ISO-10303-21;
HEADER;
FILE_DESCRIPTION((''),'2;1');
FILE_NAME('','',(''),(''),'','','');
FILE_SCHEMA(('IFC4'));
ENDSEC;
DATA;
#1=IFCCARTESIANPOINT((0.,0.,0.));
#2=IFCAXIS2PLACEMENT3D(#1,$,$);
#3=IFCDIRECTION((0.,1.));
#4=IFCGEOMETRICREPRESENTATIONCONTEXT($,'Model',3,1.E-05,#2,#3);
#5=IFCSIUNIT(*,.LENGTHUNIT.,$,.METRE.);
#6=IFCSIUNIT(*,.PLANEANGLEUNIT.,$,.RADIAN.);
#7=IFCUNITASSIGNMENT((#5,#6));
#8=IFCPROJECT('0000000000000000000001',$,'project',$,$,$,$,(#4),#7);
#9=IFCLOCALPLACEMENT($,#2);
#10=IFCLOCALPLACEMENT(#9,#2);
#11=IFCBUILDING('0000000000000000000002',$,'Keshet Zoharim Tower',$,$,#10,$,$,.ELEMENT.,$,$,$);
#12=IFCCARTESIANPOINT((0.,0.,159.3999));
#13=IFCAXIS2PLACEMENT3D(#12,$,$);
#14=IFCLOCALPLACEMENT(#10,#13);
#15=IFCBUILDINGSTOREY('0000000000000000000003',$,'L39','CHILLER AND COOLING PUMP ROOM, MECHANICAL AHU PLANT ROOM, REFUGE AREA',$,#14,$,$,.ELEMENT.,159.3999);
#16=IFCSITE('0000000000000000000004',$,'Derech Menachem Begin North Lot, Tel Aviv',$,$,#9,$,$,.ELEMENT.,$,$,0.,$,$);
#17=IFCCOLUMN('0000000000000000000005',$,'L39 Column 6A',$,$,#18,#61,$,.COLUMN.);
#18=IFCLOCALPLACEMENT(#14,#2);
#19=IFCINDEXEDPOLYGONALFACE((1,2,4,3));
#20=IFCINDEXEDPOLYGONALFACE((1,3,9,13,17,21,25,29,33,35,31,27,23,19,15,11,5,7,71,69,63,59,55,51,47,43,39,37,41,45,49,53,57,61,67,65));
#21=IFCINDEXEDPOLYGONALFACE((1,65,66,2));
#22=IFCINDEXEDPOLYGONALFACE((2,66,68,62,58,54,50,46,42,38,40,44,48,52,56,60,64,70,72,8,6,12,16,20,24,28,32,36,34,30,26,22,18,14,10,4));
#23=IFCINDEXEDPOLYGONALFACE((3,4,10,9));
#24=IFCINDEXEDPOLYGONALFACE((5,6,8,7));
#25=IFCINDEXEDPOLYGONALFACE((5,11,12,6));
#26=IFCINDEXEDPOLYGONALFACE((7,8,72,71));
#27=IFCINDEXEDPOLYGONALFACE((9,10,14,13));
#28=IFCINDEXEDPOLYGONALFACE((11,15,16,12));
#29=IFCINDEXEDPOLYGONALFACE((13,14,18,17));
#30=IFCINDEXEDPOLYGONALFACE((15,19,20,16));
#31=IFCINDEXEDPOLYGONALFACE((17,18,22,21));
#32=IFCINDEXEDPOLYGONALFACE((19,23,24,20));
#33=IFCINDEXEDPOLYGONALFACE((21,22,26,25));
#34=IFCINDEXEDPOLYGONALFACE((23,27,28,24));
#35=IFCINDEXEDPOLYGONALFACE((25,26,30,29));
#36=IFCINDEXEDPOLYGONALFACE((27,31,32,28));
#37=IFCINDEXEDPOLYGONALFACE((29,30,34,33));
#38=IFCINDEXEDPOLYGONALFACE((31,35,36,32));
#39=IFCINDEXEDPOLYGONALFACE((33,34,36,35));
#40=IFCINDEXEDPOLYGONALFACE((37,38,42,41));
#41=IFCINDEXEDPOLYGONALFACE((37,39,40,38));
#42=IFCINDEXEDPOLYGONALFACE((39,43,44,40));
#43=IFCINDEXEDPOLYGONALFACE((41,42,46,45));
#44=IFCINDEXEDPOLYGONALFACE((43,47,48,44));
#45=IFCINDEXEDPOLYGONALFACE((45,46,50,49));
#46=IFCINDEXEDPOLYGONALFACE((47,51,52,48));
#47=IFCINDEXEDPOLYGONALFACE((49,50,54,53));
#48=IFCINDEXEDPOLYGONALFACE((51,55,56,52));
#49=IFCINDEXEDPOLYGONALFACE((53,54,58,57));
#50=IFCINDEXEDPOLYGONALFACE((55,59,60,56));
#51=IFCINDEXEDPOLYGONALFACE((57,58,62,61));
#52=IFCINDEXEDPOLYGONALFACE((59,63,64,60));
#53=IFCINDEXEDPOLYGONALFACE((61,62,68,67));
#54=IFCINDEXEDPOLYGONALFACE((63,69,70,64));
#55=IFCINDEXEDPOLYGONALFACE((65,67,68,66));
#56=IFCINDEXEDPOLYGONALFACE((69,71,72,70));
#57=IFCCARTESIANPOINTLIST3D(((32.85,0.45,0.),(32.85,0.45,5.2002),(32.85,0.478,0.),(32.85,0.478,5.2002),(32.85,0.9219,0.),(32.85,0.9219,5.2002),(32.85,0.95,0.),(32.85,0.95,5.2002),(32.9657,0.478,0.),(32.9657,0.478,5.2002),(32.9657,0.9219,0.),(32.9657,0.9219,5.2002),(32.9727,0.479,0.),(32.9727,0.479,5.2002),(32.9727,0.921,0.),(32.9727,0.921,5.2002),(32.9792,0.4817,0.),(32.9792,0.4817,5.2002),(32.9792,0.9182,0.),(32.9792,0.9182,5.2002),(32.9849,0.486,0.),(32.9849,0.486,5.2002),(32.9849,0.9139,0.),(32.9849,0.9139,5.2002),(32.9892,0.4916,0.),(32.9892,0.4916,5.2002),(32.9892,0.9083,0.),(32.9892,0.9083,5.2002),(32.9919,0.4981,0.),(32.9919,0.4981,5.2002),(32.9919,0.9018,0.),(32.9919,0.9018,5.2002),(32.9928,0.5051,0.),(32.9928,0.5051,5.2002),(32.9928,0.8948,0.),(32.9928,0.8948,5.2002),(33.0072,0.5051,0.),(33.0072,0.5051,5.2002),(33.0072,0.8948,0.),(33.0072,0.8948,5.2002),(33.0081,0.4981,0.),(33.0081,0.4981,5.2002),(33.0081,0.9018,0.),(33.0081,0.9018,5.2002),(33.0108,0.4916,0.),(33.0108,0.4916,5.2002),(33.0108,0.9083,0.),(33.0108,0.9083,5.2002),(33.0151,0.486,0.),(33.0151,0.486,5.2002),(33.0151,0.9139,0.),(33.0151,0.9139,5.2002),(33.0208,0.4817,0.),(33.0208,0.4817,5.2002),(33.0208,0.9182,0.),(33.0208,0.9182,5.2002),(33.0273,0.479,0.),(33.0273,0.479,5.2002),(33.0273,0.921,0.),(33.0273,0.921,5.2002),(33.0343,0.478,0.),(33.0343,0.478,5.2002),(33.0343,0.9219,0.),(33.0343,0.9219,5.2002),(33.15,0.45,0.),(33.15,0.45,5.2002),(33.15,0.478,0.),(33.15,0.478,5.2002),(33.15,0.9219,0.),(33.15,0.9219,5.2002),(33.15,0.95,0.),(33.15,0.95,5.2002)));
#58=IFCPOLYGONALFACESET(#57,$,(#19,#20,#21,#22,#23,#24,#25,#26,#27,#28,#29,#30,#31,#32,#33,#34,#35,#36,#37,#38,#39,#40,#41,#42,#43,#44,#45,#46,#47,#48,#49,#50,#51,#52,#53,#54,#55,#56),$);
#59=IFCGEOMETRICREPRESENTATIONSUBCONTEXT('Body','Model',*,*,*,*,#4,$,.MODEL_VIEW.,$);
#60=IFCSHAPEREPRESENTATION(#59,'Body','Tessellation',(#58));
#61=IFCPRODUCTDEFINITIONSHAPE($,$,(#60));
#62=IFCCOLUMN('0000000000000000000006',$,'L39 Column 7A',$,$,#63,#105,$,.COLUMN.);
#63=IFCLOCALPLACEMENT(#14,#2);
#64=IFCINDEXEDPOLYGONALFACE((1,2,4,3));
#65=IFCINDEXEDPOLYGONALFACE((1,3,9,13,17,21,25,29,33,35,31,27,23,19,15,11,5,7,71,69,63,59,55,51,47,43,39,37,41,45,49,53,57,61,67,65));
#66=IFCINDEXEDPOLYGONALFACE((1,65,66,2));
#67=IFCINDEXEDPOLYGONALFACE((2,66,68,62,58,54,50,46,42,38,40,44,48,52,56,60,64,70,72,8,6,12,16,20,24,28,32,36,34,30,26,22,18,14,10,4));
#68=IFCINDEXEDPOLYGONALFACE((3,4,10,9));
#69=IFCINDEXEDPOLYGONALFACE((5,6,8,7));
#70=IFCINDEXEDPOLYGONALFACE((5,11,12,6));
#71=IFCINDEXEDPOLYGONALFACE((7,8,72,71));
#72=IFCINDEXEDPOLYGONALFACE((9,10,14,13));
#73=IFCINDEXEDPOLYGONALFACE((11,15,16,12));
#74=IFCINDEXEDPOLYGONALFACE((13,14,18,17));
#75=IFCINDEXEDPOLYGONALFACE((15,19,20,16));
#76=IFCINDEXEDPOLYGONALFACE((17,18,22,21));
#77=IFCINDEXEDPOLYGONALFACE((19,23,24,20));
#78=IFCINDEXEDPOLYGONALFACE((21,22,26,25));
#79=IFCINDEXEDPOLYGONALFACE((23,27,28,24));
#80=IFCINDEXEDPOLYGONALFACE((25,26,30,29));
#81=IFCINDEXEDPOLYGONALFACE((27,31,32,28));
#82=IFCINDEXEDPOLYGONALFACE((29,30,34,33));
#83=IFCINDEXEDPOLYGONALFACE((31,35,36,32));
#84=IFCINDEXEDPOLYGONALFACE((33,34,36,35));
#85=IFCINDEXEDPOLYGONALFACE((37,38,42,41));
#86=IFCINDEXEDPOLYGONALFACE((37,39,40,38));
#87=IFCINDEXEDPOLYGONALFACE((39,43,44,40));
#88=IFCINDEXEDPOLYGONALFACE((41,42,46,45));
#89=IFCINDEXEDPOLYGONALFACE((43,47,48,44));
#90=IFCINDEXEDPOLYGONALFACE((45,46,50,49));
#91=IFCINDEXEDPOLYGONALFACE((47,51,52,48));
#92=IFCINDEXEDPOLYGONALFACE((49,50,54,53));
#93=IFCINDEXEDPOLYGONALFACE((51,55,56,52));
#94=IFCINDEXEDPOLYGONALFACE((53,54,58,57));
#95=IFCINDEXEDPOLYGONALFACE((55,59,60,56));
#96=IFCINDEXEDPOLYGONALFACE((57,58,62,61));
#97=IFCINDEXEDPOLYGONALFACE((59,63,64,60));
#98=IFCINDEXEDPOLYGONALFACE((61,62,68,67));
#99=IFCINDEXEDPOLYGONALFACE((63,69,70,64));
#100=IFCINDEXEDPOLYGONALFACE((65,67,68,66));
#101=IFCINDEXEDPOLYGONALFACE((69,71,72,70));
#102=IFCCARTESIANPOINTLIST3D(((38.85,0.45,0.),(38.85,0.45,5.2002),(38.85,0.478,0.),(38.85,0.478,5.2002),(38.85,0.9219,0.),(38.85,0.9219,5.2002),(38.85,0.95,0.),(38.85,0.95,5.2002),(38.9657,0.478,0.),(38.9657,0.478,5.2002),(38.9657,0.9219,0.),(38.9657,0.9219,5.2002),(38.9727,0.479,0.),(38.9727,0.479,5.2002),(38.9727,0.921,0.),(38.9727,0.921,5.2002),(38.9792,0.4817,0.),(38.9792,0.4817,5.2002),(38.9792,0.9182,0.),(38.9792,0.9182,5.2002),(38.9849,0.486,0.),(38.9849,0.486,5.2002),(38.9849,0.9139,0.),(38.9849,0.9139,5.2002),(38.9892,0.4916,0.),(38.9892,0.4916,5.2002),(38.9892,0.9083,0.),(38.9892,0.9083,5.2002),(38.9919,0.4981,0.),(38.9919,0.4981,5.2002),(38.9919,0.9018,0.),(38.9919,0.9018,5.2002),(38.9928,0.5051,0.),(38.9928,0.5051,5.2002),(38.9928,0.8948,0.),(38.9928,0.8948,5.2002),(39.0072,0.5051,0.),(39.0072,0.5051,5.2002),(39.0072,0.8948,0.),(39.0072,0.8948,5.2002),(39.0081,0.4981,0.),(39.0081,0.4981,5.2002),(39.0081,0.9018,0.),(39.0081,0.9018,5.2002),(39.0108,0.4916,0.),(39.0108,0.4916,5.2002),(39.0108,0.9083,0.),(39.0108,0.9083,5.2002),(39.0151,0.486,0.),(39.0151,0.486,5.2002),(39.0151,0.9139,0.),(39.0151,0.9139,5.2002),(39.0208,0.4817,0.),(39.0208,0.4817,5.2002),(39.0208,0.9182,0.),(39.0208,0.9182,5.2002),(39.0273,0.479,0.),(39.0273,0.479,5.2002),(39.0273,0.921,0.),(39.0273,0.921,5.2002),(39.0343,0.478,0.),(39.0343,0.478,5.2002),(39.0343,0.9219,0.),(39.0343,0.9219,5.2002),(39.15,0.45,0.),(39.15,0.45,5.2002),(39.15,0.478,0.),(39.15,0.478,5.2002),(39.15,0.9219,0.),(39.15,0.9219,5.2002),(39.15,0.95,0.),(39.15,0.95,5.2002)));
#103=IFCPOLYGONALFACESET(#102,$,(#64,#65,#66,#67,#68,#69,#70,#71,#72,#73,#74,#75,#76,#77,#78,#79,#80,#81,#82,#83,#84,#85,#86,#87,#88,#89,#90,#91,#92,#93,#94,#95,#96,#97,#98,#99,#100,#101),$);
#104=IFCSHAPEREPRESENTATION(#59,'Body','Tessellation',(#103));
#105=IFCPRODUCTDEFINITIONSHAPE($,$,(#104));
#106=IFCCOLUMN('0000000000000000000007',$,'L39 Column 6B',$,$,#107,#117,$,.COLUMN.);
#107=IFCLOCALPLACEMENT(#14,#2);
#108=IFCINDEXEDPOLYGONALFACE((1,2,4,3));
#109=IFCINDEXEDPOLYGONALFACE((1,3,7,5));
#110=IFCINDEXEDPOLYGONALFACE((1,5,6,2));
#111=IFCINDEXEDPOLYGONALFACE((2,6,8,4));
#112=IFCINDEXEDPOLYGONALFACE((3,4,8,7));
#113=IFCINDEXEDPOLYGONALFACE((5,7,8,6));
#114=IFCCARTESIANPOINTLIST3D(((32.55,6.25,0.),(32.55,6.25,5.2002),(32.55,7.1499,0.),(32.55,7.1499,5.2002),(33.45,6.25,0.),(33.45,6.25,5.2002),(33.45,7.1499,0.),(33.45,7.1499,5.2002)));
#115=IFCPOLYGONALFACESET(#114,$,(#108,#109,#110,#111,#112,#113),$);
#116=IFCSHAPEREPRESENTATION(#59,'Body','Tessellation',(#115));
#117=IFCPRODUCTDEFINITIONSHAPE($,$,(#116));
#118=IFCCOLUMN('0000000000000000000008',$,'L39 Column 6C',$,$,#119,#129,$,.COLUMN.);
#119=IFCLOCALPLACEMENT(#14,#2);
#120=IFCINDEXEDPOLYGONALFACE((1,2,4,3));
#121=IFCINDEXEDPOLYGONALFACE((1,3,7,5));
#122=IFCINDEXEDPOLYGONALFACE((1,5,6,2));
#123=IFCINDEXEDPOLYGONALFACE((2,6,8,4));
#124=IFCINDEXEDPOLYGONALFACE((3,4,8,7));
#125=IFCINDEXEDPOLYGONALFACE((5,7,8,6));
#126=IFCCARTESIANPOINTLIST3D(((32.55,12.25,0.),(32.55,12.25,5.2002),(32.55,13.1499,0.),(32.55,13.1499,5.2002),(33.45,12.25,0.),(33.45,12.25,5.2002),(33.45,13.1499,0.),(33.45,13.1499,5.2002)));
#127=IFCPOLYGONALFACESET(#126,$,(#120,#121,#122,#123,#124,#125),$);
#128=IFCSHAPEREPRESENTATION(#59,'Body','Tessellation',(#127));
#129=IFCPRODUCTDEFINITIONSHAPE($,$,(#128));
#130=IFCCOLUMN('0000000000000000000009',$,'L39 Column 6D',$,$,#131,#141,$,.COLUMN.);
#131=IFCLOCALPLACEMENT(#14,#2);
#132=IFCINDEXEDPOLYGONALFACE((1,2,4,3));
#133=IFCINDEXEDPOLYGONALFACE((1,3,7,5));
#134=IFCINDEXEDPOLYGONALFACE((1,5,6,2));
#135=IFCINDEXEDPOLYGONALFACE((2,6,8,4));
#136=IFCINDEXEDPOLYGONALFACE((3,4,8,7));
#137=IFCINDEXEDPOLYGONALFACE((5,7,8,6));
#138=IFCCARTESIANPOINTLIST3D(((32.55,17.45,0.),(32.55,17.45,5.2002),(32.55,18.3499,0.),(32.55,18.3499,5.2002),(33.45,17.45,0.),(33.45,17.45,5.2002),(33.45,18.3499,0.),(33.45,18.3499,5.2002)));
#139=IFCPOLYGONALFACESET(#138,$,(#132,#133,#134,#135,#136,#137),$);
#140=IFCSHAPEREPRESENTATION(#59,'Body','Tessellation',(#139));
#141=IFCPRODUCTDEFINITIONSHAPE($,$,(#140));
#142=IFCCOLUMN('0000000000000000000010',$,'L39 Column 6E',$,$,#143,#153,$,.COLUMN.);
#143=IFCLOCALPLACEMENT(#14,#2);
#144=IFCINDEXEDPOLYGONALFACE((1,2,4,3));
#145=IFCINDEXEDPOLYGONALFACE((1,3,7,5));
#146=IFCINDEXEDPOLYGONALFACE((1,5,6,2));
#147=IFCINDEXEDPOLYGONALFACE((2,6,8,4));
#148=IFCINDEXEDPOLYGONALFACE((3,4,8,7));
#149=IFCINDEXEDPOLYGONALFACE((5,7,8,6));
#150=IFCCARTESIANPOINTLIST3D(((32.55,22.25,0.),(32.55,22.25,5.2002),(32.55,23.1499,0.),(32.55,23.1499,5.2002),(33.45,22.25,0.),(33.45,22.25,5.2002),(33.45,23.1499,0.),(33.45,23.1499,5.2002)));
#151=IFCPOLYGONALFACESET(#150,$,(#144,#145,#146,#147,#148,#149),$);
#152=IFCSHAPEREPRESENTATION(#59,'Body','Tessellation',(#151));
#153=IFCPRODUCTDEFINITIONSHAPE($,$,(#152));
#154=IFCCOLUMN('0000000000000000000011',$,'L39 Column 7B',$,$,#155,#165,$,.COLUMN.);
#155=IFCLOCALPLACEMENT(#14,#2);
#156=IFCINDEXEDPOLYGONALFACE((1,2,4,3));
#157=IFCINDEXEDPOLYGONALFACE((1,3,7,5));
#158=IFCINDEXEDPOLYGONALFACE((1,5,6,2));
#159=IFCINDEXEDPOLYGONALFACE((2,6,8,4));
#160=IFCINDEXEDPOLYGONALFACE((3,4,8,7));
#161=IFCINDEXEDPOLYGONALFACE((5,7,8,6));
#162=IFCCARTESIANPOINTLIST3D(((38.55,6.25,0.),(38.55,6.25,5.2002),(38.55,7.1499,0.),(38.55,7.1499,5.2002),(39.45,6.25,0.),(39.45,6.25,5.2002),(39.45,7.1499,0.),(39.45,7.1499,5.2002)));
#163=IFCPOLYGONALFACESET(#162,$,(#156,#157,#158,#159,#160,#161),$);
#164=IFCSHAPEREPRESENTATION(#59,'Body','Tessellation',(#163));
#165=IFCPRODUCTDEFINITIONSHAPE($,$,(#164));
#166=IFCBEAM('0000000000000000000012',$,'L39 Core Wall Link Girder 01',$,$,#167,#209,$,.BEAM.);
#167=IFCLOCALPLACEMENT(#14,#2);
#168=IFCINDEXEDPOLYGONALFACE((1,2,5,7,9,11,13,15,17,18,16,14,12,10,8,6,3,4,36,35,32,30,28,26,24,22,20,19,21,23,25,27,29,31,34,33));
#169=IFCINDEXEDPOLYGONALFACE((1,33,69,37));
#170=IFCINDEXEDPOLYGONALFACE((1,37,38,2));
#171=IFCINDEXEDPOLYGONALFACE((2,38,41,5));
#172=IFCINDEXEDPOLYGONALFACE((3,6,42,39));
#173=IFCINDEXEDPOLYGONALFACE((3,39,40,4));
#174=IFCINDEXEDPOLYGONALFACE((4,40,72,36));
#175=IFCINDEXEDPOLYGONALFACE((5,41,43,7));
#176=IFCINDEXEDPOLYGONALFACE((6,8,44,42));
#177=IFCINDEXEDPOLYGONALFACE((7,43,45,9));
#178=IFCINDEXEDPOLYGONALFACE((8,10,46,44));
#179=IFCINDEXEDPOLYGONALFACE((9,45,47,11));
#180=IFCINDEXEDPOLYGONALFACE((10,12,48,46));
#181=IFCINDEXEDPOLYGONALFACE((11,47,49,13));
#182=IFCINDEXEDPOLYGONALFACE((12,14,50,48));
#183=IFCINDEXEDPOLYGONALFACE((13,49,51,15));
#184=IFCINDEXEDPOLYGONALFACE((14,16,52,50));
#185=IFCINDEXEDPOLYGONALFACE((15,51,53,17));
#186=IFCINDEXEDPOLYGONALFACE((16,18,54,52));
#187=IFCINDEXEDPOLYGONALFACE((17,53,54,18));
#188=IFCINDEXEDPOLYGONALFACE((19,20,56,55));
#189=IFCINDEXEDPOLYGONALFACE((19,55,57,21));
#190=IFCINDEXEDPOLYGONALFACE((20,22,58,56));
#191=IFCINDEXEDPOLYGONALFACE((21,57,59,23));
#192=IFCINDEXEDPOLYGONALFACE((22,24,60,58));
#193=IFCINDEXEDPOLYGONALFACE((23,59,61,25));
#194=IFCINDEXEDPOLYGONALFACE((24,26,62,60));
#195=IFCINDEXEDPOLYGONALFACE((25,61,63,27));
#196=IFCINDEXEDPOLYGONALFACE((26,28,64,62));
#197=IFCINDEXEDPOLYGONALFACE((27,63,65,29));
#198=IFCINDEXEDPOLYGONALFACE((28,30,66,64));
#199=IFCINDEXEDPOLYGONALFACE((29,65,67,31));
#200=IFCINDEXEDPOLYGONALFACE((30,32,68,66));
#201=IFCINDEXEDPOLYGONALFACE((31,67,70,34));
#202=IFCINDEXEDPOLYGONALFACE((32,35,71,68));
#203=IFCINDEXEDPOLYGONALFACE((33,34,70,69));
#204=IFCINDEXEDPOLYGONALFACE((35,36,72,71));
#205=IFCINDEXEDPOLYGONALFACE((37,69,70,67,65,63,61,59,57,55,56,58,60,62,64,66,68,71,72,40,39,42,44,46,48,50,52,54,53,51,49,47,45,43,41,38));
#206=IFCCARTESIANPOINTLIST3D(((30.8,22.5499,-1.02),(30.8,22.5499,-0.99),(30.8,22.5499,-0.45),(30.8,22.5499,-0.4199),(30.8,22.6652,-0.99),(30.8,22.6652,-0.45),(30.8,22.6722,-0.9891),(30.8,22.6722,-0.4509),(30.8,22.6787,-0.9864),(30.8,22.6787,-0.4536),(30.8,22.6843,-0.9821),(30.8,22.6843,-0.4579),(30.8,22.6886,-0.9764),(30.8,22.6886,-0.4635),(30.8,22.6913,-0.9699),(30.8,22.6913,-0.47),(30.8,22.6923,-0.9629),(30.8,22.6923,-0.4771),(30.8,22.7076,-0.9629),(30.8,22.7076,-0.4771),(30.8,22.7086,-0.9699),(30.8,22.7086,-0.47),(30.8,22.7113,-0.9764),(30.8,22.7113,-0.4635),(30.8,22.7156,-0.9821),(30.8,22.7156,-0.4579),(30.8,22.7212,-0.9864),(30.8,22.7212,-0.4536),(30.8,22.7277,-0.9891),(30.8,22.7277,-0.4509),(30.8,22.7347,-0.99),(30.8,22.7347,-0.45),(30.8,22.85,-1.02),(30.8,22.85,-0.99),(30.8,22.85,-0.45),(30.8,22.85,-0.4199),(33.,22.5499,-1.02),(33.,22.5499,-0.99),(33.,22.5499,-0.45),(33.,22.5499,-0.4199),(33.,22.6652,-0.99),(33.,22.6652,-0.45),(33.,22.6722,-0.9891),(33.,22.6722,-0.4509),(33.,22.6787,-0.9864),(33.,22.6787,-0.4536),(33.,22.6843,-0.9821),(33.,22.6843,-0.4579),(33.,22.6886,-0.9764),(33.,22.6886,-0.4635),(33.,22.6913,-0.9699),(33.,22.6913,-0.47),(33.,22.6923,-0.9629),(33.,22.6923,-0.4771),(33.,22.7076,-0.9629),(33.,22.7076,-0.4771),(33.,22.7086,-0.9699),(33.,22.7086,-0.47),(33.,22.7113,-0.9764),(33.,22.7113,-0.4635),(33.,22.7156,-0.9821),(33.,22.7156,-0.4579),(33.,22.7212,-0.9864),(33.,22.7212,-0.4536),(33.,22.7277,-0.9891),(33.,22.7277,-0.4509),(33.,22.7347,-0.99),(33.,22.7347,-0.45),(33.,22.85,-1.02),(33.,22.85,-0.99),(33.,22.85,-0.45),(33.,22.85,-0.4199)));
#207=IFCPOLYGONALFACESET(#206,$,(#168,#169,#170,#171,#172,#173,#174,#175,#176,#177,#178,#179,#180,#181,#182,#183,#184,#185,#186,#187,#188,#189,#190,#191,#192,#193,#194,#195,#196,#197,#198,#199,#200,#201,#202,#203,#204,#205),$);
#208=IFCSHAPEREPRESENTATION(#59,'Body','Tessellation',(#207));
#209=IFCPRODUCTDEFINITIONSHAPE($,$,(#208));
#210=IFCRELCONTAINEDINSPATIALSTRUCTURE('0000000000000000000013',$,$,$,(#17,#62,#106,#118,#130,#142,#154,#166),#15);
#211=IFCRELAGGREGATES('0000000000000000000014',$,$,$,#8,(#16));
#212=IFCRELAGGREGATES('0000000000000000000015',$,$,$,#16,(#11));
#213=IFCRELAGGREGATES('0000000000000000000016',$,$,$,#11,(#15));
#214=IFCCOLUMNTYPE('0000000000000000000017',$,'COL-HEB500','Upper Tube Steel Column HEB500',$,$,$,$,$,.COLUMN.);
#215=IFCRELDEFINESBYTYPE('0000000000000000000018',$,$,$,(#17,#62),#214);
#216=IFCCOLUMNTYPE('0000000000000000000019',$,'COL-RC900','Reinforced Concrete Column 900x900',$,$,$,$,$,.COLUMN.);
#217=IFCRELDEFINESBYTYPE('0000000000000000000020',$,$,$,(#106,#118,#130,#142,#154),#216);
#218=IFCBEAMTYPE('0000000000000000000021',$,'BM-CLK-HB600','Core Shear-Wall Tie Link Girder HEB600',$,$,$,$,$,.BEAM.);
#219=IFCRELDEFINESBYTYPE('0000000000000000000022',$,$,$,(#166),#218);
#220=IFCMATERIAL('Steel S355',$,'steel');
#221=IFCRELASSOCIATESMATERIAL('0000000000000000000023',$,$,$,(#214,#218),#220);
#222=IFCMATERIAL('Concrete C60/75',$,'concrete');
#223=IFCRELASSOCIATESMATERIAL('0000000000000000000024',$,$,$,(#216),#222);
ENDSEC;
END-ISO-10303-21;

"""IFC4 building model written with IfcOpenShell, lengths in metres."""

from ifc_helpers import new_model, si_unit, direction, frame, origin, origin_2d, place, context, subcontext, project, spatial, rectangle, i_section, extrude, material, material_profile, profile_set, type_object, element, save


model = new_model("IFC4")

# Units and contexts
model_context = context("Model", 3, precision=1e-05, world=origin(), true_north=direction((0.0, 1.0)))
body_context = subcontext(model_context, "Body", "Model", "MODEL_VIEW")
ifc_project = project(units=[si_unit("LENGTHUNIT", "METRE"), si_unit("PLANEANGLEUNIT", "RADIAN")], contexts=[model_context])

# Site, building, storey
site_placement = place(None, origin())
site = spatial("IfcSite", under=ifc_project, at=site_placement, Name="Derech Menachem Begin North Lot, Tel Aviv", CompositionType="ELEMENT", RefElevation=0.0)
building_placement = place(site_placement, origin())
building = spatial("IfcBuilding", under=site, at=building_placement, Name="Keshet Zoharim Tower", CompositionType="ELEMENT")
storey_placement = place(building_placement, frame((0.0, 0.0, 159.3999)))
storey = spatial("IfcBuildingStorey", under=building, at=storey_placement, Name="L39", Description="CHILLER AND COOLING PUMP ROOM, MECHANICAL AHU PLANT ROOM, REFUGE AREA", CompositionType="ELEMENT", Elevation=159.3999)

# Columns
ifc_material_1 = material(Name="Steel S355", Category="steel")
ifc_material_profile_1 = material_profile(ifc_material_1, i_section(OverallWidth=0.3, OverallDepth=0.5, WebThickness=0.0144, FlangeThickness=0.0281, FilletRadius=0.0271, at=origin_2d()), Name="HEB500")
ifc_profile_set_1 = profile_set([ifc_material_profile_1], Name="Steel S355")
column_type_1 = type_object("IfcColumnType", Name="COL-HEB500", Description="Upper Tube Steel Column HEB500", PredefinedType="COLUMN", material=ifc_profile_set_1)
for number, where, z_axis, x_axis, name in (
    (1, (33.0, 0.7, 0.0), (0.0, 0.0, 1.0), (1.0, 0.0, 0.0), "L39 Column 6A"),
    (2, (39.0, 0.7, 0.0), (0.0, 0.0, 1.0), (1.0, 0.0, 0.0), "L39 Column 7A"),
):
    element("IfcColumn", number, at=place(storey_placement, frame(where, z_axis=z_axis, x_axis=x_axis)), inside=storey, type_object=column_type_1, Name=name, PredefinedType="COLUMN", context=body_context, shape_type="SweptSolid", body=[
        extrude(i_section(OverallWidth=0.3, OverallDepth=0.5, WebThickness=0.0144, FlangeThickness=0.0281, FilletRadius=0.0271, at=origin_2d()), origin(), (0.0, 0.0, 1.0), 5.2002),
    ])
ifc_material_2 = material(Name="Concrete C60/75", Category="concrete")
ifc_material_profile_2 = material_profile(ifc_material_2, rectangle(XDim=0.8999, YDim=0.8999, at=origin_2d()), Name="RC900x900")
ifc_profile_set_2 = profile_set([ifc_material_profile_2], Name="Concrete C60/75")
column_type_2 = type_object("IfcColumnType", Name="COL-RC900", Description="Reinforced Concrete Column 900x900", PredefinedType="COLUMN", material=ifc_profile_set_2)
for number, where, z_axis, x_axis, name in (
    (3, (33.0, 6.7, 0.0), (0.0, 0.0, 1.0), (1.0, 0.0, 0.0), "L39 Column 6B"),
    (4, (33.0, 12.7, 0.0), (0.0, 0.0, 1.0), (1.0, 0.0, 0.0), "L39 Column 6C"),
    (5, (33.0, 17.8999, 0.0), (0.0, 0.0, 1.0), (1.0, 0.0, 0.0), "L39 Column 6D"),
    (6, (33.0, 22.7, 0.0), (0.0, 0.0, 1.0), (1.0, 0.0, 0.0), "L39 Column 6E"),
    (7, (39.0, 6.7, 0.0), (0.0, 0.0, 1.0), (1.0, 0.0, 0.0), "L39 Column 7B"),
):
    element("IfcColumn", number, at=place(storey_placement, frame(where, z_axis=z_axis, x_axis=x_axis)), inside=storey, type_object=column_type_2, Name=name, PredefinedType="COLUMN", context=body_context, shape_type="SweptSolid", body=[
        extrude(rectangle(XDim=0.8999, YDim=0.8999, at=origin_2d()), origin(), (0.0, 0.0, 1.0), 5.2002),
    ])

# Beam
ifc_material_profile_3 = material_profile(ifc_material_1, i_section(OverallWidth=0.3, OverallDepth=0.6001, WebThickness=0.0154, FlangeThickness=0.03, FilletRadius=0.0271, at=origin_2d()), Name="HEB600")
ifc_profile_set_3 = profile_set([ifc_material_profile_3], Name="Steel S355")
beam_type_1 = type_object("IfcBeamType", Name="BM-CLK-HB600", Description="Core Shear-Wall Tie Link Girder HEB600", PredefinedType="BEAM", material=ifc_profile_set_3)
beam_1_placement = place(storey_placement, frame((30.8, 22.7, -0.72), z_axis=(1.0, 0.0, 0.0), x_axis=(0.0, 1.0, 0.0)))
element("IfcBeam", 8, at=beam_1_placement, inside=storey, type_object=beam_type_1, Name="L39 Core Wall Link Girder 01", PredefinedType="BEAM", context=body_context, shape_type="SweptSolid", body=[
    extrude(i_section(OverallWidth=0.3, OverallDepth=0.6001, WebThickness=0.0154, FlangeThickness=0.03, FilletRadius=0.0271, at=origin_2d()), origin(), (0.0, 0.0, 1.0), 2.2),
])

save(model, "model.ifc")
